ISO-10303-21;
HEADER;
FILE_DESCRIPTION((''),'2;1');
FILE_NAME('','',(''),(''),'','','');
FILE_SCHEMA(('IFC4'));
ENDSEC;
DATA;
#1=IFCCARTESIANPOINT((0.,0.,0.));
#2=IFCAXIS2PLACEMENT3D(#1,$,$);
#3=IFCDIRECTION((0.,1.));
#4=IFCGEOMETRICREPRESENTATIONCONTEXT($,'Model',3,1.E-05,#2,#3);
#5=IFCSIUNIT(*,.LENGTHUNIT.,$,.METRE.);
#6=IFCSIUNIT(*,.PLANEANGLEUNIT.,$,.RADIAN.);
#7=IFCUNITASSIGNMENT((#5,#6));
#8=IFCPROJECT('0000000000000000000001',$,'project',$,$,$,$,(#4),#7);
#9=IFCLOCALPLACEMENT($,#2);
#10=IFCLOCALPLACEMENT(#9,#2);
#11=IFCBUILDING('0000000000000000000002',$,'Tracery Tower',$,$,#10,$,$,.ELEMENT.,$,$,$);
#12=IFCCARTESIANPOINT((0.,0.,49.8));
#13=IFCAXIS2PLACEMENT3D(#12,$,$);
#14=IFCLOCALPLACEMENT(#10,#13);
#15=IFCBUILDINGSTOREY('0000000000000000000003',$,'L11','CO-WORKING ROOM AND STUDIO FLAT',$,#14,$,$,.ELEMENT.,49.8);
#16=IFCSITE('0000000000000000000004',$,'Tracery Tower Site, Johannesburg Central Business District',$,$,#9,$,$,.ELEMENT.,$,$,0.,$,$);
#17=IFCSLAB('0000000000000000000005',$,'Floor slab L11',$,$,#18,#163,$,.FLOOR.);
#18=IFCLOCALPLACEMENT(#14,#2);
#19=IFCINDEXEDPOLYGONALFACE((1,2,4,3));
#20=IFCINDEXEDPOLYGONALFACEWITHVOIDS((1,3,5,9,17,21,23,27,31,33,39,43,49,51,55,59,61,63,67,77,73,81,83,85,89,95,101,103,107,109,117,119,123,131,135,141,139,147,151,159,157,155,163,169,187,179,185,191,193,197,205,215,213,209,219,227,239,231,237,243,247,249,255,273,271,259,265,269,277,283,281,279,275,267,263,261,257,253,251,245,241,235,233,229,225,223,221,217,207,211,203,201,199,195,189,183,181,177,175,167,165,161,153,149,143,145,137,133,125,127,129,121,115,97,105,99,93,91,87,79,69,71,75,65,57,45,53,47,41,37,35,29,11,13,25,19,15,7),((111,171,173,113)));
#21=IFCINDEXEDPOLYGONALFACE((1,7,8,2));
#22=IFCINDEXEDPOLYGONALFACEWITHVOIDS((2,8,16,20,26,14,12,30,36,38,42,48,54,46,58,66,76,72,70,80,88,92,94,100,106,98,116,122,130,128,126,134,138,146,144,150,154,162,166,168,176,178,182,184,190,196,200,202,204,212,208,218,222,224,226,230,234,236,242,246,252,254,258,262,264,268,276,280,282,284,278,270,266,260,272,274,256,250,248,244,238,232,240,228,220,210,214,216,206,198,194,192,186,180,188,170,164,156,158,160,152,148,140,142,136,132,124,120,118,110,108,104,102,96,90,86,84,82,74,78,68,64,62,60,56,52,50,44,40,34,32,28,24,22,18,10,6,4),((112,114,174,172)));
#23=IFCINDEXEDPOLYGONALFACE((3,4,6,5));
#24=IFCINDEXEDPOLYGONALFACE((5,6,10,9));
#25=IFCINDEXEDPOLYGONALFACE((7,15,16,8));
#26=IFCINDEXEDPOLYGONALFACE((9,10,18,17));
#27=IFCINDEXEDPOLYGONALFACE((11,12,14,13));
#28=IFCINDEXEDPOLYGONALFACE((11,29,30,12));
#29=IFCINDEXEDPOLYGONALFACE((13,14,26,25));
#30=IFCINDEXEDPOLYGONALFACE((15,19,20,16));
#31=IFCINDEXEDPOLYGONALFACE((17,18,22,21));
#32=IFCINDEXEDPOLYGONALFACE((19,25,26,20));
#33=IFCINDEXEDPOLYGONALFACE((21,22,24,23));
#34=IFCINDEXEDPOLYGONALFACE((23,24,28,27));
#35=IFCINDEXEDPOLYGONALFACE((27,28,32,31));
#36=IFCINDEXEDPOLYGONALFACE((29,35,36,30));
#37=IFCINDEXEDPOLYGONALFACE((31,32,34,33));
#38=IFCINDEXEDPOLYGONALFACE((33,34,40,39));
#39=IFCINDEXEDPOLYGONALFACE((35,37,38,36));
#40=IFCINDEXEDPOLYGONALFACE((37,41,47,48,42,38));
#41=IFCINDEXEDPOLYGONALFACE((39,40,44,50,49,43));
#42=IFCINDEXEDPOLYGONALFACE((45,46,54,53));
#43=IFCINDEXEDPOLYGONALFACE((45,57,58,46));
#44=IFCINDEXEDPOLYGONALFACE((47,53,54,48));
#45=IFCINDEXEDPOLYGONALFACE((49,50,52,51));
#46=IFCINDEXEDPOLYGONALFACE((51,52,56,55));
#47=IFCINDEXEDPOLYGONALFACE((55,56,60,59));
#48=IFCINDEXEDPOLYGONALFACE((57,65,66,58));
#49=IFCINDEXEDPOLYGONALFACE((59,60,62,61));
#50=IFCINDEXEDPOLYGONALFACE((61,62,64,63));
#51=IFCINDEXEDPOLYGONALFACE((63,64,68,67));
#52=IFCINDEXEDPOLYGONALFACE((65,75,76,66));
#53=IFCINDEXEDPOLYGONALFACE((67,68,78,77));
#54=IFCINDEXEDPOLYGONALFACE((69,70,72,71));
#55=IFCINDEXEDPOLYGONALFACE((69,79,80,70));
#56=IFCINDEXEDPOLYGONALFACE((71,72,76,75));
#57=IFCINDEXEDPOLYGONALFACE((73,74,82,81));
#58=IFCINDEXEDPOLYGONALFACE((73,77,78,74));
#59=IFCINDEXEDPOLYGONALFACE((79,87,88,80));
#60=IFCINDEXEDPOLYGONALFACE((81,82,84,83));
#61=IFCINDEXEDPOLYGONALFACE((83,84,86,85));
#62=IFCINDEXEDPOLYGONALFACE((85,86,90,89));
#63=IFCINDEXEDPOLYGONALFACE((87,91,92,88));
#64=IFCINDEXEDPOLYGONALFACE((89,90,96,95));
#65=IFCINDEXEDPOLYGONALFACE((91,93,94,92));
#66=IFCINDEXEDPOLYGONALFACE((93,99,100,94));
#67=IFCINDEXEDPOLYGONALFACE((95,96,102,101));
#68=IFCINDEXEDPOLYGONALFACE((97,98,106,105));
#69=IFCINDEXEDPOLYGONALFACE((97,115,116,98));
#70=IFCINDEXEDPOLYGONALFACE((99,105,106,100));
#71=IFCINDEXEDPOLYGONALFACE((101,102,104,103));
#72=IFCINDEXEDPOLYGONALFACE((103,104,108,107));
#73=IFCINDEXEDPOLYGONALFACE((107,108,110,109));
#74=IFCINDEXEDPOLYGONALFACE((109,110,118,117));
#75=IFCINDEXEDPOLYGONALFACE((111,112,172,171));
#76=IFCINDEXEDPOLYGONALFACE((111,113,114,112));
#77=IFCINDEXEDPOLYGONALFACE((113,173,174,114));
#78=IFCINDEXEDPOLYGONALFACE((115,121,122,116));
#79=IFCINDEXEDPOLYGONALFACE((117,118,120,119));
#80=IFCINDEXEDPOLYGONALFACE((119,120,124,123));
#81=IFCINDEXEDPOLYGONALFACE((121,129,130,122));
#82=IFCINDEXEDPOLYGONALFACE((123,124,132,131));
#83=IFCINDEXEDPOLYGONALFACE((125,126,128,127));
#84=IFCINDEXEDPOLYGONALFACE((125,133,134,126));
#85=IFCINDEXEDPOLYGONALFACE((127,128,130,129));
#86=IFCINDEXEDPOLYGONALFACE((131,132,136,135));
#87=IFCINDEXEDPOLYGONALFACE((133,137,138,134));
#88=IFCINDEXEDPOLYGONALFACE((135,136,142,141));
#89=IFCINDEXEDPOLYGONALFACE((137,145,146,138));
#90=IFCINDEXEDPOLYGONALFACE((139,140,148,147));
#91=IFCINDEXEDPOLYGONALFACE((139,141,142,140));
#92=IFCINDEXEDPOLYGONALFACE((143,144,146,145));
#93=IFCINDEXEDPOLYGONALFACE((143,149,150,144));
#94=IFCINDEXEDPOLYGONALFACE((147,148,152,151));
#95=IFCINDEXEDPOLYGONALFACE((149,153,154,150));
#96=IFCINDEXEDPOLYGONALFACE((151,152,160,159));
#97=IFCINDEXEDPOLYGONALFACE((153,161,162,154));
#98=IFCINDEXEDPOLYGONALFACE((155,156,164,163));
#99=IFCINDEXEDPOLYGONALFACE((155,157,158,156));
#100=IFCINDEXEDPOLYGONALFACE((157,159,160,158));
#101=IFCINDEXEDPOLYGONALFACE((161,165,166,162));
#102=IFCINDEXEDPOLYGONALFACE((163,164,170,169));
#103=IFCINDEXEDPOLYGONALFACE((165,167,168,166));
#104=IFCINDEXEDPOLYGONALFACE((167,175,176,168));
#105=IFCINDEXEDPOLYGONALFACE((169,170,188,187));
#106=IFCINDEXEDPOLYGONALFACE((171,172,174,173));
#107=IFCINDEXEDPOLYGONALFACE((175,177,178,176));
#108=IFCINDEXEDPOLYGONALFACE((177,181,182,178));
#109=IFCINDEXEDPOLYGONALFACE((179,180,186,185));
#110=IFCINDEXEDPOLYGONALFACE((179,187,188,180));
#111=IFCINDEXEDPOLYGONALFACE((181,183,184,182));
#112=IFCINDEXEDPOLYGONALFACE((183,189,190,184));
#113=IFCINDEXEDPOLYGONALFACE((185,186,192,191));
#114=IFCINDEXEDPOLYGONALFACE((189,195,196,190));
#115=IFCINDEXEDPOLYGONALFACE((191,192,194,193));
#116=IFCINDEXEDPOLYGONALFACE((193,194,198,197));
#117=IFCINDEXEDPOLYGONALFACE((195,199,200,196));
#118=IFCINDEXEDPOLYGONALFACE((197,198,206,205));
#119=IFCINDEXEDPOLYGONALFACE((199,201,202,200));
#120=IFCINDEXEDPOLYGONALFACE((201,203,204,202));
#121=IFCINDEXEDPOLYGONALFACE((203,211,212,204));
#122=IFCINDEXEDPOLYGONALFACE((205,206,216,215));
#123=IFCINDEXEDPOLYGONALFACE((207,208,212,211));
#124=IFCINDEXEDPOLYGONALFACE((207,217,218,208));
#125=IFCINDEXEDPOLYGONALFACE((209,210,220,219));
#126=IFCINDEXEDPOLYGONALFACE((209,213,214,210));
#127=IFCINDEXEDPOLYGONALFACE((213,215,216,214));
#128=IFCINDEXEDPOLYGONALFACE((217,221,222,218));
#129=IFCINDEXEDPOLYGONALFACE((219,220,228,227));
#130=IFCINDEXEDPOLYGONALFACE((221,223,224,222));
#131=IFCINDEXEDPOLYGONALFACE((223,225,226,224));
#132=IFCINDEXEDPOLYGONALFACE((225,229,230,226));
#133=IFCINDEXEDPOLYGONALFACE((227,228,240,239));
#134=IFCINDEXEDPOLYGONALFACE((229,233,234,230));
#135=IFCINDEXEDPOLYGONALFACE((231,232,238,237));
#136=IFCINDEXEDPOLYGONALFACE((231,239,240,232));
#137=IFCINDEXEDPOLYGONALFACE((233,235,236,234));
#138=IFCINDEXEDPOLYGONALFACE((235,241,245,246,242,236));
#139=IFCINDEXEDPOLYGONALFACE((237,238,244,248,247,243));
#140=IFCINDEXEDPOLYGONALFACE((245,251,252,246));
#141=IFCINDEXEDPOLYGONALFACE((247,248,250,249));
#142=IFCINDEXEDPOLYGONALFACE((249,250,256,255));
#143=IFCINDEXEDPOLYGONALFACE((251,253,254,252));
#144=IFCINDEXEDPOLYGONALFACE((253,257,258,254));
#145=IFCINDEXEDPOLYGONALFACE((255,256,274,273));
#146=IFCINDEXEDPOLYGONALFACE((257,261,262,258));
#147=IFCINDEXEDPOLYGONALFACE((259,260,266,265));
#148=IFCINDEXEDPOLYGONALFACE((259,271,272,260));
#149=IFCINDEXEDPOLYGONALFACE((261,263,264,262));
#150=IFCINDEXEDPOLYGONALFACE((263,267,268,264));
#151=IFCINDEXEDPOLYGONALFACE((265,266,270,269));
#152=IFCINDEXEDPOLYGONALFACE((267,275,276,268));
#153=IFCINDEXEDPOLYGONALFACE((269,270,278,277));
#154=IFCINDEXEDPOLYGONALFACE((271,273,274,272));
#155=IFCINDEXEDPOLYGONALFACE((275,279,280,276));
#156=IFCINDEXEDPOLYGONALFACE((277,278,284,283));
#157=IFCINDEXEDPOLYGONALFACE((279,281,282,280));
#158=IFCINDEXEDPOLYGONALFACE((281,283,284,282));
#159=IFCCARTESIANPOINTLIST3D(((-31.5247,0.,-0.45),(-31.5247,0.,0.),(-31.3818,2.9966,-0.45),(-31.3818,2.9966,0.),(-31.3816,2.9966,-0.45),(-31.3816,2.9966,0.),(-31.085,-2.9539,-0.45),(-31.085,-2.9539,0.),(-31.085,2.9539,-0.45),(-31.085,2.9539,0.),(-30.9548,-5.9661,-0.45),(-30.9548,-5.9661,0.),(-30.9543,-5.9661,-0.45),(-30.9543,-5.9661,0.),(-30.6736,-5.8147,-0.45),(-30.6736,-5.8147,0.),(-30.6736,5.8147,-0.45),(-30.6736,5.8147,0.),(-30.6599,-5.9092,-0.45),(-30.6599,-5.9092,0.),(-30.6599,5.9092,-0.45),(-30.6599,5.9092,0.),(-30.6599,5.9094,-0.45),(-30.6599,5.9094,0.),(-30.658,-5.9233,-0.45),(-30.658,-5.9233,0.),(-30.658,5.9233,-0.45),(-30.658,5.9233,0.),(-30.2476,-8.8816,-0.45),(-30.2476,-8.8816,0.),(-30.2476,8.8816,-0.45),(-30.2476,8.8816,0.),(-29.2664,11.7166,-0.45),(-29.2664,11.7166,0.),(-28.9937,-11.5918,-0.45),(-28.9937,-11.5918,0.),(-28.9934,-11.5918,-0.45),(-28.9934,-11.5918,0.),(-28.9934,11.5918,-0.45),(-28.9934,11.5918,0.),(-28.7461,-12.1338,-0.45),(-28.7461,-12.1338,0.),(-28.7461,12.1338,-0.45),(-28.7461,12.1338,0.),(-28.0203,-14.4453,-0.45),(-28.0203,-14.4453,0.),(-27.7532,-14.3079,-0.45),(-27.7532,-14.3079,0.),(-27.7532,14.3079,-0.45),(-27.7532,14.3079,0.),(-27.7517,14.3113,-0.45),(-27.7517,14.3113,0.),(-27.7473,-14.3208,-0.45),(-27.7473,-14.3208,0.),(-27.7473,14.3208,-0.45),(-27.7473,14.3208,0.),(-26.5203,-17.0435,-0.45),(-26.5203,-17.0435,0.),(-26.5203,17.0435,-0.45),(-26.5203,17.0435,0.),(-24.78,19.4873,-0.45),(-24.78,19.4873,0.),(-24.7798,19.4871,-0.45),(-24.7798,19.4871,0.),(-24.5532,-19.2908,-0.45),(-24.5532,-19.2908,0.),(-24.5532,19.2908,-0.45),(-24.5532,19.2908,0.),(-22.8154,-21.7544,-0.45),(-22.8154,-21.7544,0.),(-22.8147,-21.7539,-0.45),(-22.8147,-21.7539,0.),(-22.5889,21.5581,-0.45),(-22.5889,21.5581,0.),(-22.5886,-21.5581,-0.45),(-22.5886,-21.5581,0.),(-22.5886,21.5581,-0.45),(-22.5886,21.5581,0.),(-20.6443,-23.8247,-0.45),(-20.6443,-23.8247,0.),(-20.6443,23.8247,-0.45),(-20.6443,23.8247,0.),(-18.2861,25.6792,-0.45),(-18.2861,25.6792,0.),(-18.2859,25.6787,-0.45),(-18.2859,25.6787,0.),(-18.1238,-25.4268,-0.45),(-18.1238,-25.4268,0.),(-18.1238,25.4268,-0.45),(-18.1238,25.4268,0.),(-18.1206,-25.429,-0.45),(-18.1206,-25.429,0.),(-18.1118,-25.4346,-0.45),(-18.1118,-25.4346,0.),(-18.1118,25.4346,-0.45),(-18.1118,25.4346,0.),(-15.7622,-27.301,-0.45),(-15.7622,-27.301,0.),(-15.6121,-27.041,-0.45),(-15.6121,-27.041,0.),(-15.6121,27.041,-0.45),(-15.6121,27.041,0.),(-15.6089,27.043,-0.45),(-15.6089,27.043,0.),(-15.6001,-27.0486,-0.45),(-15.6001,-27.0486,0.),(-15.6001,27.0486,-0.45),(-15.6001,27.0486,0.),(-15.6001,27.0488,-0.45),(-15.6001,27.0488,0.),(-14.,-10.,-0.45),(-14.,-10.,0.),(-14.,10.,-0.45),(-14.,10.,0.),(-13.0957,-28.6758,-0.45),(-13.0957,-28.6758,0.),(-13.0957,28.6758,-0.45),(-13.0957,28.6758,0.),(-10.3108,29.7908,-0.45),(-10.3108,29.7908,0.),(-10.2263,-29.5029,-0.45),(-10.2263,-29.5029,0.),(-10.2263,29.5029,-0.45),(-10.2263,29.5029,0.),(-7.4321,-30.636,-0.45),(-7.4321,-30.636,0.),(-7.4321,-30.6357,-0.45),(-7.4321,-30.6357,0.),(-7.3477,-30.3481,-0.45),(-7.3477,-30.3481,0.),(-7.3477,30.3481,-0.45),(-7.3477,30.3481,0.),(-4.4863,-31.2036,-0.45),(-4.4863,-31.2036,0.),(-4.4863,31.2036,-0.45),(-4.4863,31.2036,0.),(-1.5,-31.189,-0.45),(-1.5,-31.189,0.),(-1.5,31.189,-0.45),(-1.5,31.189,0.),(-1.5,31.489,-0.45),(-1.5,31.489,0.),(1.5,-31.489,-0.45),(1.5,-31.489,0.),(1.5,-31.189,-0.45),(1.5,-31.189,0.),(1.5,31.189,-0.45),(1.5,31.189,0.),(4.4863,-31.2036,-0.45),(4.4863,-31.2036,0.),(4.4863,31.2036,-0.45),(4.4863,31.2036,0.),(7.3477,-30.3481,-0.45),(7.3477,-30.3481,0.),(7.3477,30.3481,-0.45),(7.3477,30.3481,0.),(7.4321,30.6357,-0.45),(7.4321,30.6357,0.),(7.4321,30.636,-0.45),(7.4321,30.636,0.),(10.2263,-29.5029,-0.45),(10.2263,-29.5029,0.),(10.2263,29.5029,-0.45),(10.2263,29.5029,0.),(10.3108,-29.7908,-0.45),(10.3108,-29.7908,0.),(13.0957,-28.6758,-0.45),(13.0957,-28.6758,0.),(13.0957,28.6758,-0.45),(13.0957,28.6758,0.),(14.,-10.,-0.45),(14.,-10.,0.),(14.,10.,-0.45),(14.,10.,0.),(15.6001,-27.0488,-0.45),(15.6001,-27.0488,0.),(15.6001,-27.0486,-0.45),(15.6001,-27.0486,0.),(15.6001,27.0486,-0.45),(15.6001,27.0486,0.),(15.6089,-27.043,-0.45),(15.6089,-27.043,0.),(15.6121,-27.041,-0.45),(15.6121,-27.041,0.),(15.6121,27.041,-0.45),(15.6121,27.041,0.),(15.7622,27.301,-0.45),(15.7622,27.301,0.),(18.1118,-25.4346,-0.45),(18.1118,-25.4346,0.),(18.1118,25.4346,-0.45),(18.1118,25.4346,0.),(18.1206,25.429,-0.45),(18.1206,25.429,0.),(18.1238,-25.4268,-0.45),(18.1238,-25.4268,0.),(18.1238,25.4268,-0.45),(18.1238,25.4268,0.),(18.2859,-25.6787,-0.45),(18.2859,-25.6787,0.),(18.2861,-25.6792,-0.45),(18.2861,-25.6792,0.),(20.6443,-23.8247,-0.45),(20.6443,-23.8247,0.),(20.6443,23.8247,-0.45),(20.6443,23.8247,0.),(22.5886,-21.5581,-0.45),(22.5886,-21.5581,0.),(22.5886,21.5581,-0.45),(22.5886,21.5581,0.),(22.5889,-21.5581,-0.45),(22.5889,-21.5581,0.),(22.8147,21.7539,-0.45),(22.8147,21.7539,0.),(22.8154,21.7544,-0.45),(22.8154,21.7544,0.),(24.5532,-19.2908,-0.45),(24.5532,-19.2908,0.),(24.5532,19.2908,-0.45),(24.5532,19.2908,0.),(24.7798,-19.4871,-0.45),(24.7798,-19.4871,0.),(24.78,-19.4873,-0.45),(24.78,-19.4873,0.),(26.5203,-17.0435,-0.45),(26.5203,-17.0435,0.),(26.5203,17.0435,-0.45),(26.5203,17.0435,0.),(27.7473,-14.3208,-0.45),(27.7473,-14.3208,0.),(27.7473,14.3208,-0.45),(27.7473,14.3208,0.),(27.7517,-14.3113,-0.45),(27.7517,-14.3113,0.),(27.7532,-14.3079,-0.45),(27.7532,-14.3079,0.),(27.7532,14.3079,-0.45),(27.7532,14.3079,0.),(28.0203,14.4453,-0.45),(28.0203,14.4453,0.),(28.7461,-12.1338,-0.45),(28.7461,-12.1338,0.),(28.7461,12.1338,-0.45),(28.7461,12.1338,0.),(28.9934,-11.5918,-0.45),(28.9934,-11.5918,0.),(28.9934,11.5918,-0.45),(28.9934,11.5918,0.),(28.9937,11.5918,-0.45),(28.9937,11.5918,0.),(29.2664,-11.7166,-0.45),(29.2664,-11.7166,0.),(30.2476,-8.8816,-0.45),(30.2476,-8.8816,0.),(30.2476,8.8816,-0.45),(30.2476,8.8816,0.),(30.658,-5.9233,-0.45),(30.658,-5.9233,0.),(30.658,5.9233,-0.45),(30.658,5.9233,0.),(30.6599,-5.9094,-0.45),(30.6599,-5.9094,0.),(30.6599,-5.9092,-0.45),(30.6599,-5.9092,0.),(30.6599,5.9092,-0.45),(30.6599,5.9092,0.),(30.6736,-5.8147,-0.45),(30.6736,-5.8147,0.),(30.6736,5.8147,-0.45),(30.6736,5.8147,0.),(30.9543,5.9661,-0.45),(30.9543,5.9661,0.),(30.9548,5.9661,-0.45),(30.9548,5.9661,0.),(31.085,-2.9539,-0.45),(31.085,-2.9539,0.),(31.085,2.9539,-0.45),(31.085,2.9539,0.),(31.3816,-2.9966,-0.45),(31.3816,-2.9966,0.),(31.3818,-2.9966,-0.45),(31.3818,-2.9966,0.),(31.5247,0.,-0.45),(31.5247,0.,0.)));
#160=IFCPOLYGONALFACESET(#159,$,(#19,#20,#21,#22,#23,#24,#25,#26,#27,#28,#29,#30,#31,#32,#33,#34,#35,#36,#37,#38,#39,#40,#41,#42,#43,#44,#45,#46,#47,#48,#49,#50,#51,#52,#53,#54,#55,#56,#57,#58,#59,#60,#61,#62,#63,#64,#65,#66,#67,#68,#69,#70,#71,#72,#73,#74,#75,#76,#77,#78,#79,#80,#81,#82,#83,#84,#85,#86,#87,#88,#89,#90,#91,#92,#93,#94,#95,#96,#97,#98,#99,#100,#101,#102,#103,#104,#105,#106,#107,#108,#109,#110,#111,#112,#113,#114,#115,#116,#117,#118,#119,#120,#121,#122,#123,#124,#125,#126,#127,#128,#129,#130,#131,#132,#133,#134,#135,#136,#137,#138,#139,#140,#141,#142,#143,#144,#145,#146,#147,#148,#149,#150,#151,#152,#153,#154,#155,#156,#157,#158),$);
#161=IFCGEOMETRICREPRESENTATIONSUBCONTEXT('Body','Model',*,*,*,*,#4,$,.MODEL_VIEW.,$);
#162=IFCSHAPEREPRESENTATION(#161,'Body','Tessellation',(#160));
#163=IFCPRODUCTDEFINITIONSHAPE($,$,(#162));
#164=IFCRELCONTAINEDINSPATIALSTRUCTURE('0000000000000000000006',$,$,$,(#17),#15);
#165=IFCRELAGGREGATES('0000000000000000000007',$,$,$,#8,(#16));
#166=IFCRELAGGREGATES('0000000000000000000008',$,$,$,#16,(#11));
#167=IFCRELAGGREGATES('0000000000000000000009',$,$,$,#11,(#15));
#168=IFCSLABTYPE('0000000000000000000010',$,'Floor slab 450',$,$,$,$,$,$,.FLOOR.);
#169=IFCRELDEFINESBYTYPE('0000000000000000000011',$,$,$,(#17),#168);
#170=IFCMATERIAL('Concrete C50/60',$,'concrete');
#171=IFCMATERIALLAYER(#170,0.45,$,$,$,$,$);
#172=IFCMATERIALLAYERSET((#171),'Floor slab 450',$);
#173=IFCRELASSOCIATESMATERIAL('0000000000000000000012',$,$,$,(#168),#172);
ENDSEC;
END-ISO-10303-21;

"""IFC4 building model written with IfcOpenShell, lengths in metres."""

from ifc_helpers import new_model, si_unit, direction, frame, origin, place, context, subcontext, project, spatial, polyline, outline, extrude, material, layer, layer_set, type_object, element, save


model = new_model("IFC4")

# Units and contexts
model_context = context("Model", 3, precision=1e-05, world=origin(), true_north=direction((0.0, 1.0)))
body_context = subcontext(model_context, "Body", "Model", "MODEL_VIEW")
ifc_project = project(units=[si_unit("LENGTHUNIT", "METRE"), si_unit("PLANEANGLEUNIT", "RADIAN")], contexts=[model_context])

# Site, building, storey
site_placement = place(None, origin())
site = spatial("IfcSite", under=ifc_project, at=site_placement, Name="Tracery Tower Site, Johannesburg Central Business District", CompositionType="ELEMENT", RefElevation=0.0)
building_placement = place(site_placement, origin())
building = spatial("IfcBuilding", under=site, at=building_placement, Name="Tracery Tower", CompositionType="ELEMENT")
storey_placement = place(building_placement, frame((0.0, 0.0, 49.8)))
storey = spatial("IfcBuildingStorey", under=building, at=storey_placement, Name="L11", Description="CO-WORKING ROOM AND STUDIO FLAT", CompositionType="ELEMENT", Elevation=49.8)

# Slab
ifc_material_1 = material(Name="Concrete C50/60", Category="concrete")
ifc_layer_1 = layer(ifc_material_1, 0.45)
ifc_layer_set_1 = layer_set([ifc_layer_1], Name="Floor slab 450")
slab_type = type_object("IfcSlabType", Name="Floor slab 450", PredefinedType="FLOOR", material=ifc_layer_set_1)
slab_placement = place(storey_placement, frame((0.0, 0.0, -0.45)))
element("IfcSlab", 1, at=slab_placement, inside=storey, type_object=slab_type, Name="Floor slab L11", PredefinedType="FLOOR", context=body_context, shape_type="SweptSolid", body=[
    extrude(outline(polyline([(31.085, 2.9539), (31.085, 2.9539), (30.6736, 5.8147), (30.6599, 5.9092), (30.6599, 5.9092), (30.658, 5.9233), (30.9543, 5.9661), (30.9548, 5.9661), (30.2476, 8.8816), (28.9937, 11.5918), (28.9934, 11.5918), (28.7461, 12.1338), (27.7532, 14.3079), (27.7532, 14.3079), (27.7473, 14.3208), (28.0203, 14.4453), (26.5203, 17.0435), (24.5532, 19.2908), (24.5532, 19.2908), (22.5886, 21.5581), (22.8147, 21.7539), (22.8154, 21.7544), (20.6443, 23.8247), (18.1238, 25.4268), (18.1238, 25.4268), (18.1206, 25.429), (18.1118, 25.4346), (15.6121, 27.041), (15.6121, 27.041), (15.6001, 27.0486), (15.7622, 27.301), (13.0957, 28.6758), (10.2263, 29.5029), (10.2263, 29.5029), (7.3477, 30.3481), (7.4321, 30.6357), (7.4321, 30.636), (4.4863, 31.2036), (1.5, 31.189), (1.5, 31.189), (-1.5, 31.189), (-1.5, 31.489), (-4.4863, 31.2036), (-7.3477, 30.3481), (-7.3477, 30.3481), (-10.2263, 29.5029), (-10.3108, 29.7908), (-10.3108, 29.7908), (-13.0957, 28.6758), (-15.6001, 27.0488), (-15.6001, 27.0486), (-15.6089, 27.043), (-15.6121, 27.041), (-18.1118, 25.4346), (-18.1118, 25.4346), (-18.1238, 25.4268), (-18.2859, 25.6787), (-18.2861, 25.6792), (-20.6443, 23.8247), (-22.5889, 21.5581), (-22.5886, 21.5581), (-24.5532, 19.2908), (-24.7798, 19.4871), (-24.78, 19.4873), (-26.5203, 17.0435), (-27.7473, 14.3208), (-27.7473, 14.3208), (-27.7517, 14.3113), (-27.7532, 14.3079), (-28.7461, 12.1338), (-28.9934, 11.5918), (-29.2664, 11.7166), (-30.2476, 8.8816), (-30.658, 5.9233), (-30.658, 5.9233), (-30.6599, 5.9094), (-30.6599, 5.9092), (-30.6736, 5.8147), (-31.085, 2.9539), (-31.3816, 2.9966), (-31.3818, 2.9966), (-31.5247, 0.0), (-31.085, -2.9539), (-31.085, -2.9539), (-30.6736, -5.8147), (-30.6599, -5.9092), (-30.6599, -5.9092), (-30.658, -5.9233), (-30.9543, -5.9661), (-30.9548, -5.9661), (-30.2476, -8.8816), (-28.9937, -11.5918), (-28.9934, -11.5918), (-28.7461, -12.1338), (-27.7532, -14.3079), (-27.7532, -14.3079), (-27.7473, -14.3208), (-28.0203, -14.4453), (-26.5203, -17.0435), (-24.5532, -19.2908), (-24.5532, -19.2908), (-22.5886, -21.5581), (-22.8147, -21.7539), (-22.8154, -21.7544), (-20.6443, -23.8247), (-18.1238, -25.4268), (-18.1238, -25.4268), (-18.1206, -25.429), (-18.1118, -25.4346), (-15.6121, -27.041), (-15.6121, -27.041), (-15.6001, -27.0486), (-15.7622, -27.301), (-13.0957, -28.6758), (-10.2263, -29.5029), (-10.2263, -29.5029), (-7.3477, -30.3481), (-7.4321, -30.6357), (-7.4321, -30.636), (-4.4863, -31.2036), (-1.5, -31.189), (-1.5, -31.189), (1.5, -31.189), (1.5, -31.489), (4.4863, -31.2036), (7.3477, -30.3481), (7.3477, -30.3481), (10.2263, -29.5029), (10.3108, -29.7908), (10.3108, -29.7908), (13.0957, -28.6758), (15.6001, -27.0488), (15.6001, -27.0486), (15.6089, -27.043), (15.6121, -27.041), (18.1118, -25.4346), (18.1118, -25.4346), (18.1238, -25.4268), (18.2859, -25.6787), (18.2861, -25.6792), (20.6443, -23.8247), (22.5889, -21.5581), (22.5886, -21.5581), (24.5532, -19.2908), (24.7798, -19.4871), (24.78, -19.4873), (26.5203, -17.0435), (27.7473, -14.3208), (27.7473, -14.3208), (27.7517, -14.3113), (27.7532, -14.3079), (28.7461, -12.1338), (28.9934, -11.5918), (29.2664, -11.7166), (30.2476, -8.8816), (30.658, -5.9233), (30.658, -5.9233), (30.6599, -5.9094), (30.6599, -5.9092), (30.6736, -5.8147), (31.085, -2.9539), (31.3816, -2.9966), (31.3818, -2.9966), (31.5247, 0.0), (31.085, 2.9539)]), holes=[polyline([(-14.0, -10.0), (14.0, -10.0), (14.0, 10.0), (-14.0, 10.0), (-14.0, -10.0)])]), origin(), (0.0, 0.0, 1.0), 0.45),
])

save(model, "model.ifc")
